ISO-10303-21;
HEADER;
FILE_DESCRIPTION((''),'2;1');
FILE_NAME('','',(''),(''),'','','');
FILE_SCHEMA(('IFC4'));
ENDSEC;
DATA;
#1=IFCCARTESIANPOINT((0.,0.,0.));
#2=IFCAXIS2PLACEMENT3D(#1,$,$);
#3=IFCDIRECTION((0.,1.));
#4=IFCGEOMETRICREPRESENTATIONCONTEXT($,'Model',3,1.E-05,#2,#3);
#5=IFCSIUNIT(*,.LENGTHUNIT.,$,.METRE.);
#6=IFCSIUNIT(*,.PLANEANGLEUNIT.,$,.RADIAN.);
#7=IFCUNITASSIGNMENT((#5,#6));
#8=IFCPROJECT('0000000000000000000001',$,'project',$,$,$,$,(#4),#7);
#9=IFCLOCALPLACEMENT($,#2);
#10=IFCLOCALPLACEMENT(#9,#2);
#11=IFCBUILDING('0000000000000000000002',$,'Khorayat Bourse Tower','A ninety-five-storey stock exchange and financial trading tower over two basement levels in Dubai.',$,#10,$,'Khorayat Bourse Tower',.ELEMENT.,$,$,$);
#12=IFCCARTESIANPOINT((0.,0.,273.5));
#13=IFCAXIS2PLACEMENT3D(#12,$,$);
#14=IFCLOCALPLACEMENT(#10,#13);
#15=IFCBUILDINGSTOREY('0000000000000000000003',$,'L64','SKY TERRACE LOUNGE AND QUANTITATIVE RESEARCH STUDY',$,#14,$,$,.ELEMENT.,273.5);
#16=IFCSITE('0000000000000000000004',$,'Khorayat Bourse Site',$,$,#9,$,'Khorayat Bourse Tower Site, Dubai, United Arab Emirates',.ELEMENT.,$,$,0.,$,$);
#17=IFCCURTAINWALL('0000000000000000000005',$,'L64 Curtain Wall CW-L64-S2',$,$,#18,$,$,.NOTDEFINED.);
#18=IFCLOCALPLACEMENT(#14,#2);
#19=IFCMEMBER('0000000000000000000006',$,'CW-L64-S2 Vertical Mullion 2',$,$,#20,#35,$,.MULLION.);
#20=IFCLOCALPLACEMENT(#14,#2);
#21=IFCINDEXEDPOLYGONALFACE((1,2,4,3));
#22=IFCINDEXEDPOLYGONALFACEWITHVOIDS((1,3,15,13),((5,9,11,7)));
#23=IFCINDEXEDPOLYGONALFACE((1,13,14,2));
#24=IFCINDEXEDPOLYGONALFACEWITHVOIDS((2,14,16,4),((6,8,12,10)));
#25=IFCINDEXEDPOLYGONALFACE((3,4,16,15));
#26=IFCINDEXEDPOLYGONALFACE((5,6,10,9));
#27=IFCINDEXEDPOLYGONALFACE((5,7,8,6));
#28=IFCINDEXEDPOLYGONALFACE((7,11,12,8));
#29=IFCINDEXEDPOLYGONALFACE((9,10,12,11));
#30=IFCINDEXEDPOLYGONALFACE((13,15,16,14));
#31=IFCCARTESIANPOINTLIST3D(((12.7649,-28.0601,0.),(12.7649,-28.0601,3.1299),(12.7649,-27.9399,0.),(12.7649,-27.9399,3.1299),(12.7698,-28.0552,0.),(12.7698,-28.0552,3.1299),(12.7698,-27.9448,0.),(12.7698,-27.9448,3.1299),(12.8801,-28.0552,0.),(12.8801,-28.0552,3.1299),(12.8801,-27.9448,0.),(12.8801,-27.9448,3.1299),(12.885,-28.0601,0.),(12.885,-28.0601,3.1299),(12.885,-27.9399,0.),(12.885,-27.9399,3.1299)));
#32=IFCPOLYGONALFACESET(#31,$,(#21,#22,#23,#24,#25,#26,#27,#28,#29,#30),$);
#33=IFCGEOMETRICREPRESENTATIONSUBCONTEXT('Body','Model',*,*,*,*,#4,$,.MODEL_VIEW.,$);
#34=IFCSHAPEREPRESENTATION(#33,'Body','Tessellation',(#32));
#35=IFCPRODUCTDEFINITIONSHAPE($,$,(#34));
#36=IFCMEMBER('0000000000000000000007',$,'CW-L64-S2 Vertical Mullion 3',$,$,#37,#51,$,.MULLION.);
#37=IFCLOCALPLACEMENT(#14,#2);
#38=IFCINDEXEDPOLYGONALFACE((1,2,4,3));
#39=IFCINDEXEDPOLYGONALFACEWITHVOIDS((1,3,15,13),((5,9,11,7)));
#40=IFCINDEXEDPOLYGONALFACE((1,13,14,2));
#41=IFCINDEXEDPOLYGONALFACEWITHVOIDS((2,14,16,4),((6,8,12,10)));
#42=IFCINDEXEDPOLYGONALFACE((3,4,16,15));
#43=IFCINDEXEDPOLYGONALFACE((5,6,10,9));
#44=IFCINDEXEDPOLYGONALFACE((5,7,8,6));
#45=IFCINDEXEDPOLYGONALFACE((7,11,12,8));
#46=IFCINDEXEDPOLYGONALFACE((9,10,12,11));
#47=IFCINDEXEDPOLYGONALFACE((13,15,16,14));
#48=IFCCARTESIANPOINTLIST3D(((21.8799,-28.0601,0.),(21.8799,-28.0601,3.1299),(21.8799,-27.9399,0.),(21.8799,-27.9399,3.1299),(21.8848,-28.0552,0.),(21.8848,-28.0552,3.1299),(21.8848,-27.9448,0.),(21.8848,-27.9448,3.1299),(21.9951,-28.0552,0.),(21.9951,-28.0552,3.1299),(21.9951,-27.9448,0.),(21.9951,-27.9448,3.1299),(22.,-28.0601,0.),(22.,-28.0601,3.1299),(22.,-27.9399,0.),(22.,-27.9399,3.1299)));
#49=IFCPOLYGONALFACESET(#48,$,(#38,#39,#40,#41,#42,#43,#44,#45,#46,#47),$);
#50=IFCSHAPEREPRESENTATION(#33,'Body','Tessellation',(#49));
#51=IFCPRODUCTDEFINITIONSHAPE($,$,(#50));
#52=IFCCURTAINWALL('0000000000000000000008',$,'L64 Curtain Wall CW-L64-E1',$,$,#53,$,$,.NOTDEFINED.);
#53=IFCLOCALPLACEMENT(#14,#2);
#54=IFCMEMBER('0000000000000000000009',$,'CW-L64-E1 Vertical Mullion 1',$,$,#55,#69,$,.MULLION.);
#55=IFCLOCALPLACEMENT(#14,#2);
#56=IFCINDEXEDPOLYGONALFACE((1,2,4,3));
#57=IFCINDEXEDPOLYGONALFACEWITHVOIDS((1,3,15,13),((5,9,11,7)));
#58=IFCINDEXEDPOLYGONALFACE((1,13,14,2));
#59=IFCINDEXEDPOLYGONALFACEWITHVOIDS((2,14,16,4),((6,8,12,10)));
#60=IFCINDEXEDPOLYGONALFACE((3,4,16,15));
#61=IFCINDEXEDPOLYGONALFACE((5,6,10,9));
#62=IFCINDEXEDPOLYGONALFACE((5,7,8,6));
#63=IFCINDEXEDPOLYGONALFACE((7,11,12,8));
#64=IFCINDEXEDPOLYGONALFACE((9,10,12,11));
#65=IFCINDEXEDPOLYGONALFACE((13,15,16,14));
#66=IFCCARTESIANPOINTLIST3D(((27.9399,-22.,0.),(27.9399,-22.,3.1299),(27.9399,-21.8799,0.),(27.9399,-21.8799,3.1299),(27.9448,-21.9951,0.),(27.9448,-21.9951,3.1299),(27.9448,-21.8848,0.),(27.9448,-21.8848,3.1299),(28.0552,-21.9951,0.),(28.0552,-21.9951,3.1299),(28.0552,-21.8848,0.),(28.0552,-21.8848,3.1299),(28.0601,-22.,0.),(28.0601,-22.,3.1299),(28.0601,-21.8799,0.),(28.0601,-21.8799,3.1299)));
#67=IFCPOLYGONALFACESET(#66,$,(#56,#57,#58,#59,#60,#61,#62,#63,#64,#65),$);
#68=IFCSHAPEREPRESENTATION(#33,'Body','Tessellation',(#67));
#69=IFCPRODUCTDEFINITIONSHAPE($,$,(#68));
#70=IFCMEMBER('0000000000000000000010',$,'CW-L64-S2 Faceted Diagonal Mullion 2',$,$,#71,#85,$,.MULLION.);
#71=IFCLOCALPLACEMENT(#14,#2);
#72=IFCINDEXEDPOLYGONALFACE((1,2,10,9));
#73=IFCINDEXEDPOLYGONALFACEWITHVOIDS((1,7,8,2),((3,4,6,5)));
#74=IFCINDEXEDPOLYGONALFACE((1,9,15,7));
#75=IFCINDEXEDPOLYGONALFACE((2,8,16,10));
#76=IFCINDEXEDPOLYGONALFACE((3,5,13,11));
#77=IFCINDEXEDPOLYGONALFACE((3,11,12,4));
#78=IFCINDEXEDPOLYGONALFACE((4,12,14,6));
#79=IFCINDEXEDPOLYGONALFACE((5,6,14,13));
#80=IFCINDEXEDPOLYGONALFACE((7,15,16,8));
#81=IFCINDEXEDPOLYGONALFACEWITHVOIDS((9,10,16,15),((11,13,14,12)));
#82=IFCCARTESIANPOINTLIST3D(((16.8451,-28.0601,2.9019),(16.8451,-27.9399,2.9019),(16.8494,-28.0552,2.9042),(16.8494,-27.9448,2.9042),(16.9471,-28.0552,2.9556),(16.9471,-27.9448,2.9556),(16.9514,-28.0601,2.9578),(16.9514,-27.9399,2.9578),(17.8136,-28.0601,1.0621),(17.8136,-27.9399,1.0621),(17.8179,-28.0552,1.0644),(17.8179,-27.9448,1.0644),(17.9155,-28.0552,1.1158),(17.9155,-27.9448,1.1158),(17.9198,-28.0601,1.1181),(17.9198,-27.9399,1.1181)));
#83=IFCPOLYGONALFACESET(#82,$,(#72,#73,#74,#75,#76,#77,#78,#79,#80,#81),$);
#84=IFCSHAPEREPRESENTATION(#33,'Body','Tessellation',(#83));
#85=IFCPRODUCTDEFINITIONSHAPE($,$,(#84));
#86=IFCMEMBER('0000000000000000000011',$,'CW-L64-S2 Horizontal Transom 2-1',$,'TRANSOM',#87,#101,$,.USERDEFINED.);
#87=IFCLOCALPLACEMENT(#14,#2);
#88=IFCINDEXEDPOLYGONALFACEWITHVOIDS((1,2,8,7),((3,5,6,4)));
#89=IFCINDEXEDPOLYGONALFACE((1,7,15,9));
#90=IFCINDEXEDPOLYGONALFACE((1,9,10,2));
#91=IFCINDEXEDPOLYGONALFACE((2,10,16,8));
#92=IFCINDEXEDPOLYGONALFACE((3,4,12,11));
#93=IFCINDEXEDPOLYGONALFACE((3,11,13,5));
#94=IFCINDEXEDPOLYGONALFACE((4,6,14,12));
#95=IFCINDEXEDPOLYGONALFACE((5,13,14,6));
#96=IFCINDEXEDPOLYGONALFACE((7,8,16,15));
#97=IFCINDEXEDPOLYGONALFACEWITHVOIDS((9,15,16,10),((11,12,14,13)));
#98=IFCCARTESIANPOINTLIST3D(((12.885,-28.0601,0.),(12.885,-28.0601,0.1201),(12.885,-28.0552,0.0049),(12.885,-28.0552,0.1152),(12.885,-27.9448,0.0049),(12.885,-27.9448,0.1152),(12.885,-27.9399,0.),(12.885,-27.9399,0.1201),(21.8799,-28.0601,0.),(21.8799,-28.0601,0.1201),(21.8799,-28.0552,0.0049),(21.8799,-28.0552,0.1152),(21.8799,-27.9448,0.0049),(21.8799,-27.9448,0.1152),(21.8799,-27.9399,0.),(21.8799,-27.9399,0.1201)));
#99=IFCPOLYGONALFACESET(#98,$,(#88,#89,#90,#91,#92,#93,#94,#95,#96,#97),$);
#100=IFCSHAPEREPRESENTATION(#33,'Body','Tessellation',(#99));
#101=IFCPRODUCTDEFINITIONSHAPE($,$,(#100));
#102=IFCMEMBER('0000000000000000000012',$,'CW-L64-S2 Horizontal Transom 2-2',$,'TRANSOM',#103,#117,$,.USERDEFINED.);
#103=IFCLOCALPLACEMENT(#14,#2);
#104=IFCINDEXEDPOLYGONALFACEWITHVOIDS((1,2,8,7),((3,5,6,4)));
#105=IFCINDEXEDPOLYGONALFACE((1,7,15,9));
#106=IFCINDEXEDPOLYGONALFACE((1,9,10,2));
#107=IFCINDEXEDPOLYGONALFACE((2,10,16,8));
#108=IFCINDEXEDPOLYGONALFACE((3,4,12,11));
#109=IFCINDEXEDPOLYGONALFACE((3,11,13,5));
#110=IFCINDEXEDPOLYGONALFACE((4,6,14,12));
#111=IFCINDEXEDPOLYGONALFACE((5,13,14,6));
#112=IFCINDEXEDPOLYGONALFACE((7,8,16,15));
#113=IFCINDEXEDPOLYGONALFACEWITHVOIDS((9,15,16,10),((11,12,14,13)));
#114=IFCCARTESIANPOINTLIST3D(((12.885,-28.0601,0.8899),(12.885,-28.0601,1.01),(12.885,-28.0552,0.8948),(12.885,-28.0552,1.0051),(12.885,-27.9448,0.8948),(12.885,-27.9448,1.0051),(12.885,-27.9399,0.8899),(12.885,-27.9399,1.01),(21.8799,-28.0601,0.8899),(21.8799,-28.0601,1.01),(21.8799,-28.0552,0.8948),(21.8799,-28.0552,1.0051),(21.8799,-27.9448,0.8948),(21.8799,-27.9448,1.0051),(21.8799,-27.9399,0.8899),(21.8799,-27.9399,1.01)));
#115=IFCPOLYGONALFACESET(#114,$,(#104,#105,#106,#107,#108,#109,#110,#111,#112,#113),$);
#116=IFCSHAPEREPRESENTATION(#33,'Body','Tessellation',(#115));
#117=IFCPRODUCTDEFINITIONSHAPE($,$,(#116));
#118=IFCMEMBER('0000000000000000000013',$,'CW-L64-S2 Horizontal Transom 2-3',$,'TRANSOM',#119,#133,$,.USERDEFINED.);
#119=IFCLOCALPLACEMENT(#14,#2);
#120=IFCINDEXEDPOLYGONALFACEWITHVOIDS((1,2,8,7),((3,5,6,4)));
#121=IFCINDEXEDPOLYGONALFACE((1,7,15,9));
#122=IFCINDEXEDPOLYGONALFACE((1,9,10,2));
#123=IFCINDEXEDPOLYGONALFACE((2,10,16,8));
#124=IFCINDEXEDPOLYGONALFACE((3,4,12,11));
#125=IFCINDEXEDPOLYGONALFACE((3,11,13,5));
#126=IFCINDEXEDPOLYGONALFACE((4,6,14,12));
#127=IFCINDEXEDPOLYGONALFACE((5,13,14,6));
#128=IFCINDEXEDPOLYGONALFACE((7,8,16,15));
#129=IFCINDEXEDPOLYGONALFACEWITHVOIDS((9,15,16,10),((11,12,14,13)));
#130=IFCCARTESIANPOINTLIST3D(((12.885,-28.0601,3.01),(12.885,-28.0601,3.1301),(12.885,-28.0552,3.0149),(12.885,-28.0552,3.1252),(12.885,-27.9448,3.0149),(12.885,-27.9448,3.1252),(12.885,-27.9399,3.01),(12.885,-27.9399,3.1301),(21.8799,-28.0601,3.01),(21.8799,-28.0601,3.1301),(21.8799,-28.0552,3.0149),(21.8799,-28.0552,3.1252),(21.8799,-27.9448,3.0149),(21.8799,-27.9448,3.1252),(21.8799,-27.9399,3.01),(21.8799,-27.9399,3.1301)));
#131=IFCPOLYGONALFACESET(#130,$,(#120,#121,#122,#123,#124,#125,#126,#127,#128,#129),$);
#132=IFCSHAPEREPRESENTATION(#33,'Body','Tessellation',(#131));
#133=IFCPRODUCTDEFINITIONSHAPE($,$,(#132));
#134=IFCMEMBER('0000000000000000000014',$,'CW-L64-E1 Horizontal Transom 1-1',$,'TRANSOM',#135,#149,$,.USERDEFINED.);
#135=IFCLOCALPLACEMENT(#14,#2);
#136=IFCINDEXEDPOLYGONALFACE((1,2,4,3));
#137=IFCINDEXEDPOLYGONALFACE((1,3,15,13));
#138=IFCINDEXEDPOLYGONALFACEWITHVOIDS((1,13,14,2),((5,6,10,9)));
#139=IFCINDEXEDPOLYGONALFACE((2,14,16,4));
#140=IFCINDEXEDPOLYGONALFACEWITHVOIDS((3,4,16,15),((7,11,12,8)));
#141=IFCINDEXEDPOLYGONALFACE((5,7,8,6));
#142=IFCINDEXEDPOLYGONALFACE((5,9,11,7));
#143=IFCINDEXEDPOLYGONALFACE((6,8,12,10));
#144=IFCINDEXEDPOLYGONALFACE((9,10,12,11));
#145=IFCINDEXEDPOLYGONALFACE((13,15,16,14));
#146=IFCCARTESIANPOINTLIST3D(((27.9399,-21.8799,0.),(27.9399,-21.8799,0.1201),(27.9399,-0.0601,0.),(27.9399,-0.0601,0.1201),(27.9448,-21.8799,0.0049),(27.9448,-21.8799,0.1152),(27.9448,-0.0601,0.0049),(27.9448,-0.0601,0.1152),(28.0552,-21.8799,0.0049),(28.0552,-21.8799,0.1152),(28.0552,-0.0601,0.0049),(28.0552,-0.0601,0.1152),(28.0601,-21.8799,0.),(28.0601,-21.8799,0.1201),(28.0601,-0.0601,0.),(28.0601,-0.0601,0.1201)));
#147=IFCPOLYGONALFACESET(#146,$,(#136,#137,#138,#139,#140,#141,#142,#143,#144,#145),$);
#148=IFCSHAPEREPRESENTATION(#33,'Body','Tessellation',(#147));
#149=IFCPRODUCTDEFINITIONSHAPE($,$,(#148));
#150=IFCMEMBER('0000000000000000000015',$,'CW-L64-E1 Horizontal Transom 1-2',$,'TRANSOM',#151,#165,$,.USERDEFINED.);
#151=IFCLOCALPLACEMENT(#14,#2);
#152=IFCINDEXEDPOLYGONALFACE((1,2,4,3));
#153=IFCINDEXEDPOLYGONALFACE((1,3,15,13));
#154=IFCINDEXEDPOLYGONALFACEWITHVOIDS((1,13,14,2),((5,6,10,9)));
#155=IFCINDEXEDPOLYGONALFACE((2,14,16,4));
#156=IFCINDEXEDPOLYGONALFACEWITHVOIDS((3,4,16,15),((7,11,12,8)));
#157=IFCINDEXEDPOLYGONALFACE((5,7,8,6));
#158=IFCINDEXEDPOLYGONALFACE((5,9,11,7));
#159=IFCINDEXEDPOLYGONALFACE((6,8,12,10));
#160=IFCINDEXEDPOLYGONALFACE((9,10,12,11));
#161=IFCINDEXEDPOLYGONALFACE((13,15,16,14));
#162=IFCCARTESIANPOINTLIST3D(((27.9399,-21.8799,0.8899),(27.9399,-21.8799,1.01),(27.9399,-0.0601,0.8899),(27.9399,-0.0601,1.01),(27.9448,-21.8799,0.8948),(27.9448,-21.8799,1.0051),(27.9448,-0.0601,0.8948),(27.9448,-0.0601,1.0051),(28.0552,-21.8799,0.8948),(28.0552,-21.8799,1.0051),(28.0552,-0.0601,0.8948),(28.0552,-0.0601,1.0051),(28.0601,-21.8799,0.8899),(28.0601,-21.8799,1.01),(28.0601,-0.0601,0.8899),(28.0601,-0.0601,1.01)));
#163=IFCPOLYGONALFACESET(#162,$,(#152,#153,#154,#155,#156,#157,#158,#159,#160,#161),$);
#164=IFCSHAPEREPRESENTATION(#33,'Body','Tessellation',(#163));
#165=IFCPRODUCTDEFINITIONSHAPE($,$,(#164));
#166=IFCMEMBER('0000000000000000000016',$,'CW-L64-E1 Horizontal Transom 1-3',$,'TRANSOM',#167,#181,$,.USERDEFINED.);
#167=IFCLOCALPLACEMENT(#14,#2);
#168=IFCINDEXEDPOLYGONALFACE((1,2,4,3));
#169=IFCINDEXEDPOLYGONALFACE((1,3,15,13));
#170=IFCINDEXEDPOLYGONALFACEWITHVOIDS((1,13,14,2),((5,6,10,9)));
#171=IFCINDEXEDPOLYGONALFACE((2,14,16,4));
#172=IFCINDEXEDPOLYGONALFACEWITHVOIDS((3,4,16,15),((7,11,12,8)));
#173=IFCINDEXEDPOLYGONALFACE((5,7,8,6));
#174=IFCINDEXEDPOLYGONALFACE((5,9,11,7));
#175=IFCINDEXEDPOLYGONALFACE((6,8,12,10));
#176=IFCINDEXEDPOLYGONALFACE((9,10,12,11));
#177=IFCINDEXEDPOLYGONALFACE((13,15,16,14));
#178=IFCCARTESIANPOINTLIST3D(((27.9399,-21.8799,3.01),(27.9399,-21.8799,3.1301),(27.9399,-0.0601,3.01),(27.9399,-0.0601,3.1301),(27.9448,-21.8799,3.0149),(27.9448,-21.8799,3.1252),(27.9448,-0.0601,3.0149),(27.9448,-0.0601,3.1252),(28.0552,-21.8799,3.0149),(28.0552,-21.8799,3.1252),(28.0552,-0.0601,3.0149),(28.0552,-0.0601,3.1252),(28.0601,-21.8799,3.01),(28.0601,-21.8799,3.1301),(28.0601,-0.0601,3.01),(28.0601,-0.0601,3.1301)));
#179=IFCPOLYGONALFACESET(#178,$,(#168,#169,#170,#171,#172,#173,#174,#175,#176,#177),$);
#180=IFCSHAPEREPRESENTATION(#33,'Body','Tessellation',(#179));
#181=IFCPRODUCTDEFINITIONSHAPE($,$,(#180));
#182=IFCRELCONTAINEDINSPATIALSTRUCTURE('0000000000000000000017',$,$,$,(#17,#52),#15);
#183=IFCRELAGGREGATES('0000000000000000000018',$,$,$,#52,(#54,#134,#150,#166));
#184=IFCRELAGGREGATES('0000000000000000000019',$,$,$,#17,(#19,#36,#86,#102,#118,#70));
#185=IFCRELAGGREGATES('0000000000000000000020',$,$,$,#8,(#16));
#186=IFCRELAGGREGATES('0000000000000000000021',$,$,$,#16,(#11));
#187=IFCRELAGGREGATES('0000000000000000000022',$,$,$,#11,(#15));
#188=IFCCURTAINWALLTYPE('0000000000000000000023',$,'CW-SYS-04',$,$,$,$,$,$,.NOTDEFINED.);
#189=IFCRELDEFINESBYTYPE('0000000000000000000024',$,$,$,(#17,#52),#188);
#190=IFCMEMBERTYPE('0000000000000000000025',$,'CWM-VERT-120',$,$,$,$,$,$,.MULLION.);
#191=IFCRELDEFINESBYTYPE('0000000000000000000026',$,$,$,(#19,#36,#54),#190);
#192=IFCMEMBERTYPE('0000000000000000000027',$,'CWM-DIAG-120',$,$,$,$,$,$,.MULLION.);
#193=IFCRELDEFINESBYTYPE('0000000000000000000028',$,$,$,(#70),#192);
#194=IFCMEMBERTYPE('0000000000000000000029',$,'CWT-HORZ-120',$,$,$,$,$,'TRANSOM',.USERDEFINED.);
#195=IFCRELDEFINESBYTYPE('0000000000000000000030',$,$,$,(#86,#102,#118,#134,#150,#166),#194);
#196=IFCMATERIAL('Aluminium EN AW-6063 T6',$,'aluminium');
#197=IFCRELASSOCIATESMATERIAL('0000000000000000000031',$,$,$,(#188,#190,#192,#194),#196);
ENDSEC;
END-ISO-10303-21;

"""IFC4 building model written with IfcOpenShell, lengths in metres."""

from ifc_helpers import new_model, si_unit, direction, frame, origin, origin_2d, place, context, subcontext, project, spatial, hollow_rectangle, extrude, source, transform, mapped, material, material_profile, profile_set, type_object, element, aggregate, save


model = new_model("IFC4")

# Units and contexts
model_context = context("Model", 3, precision=1e-05, world=origin(), true_north=direction((0.0, 1.0)))
body_context = subcontext(model_context, "Body", "Model", "MODEL_VIEW")
ifc_project = project(units=[si_unit("LENGTHUNIT", "METRE"), si_unit("PLANEANGLEUNIT", "RADIAN")], contexts=[model_context])

# Site, building, storey
site_placement = place(None, origin())
site = spatial("IfcSite", under=ifc_project, at=site_placement, Name="Khorayat Bourse Site", LongName="Khorayat Bourse Tower Site, Dubai, United Arab Emirates", CompositionType="ELEMENT", RefElevation=0.0)
building_placement = place(site_placement, origin())
building = spatial("IfcBuilding", under=site, at=building_placement, Name="Khorayat Bourse Tower", Description="A ninety-five-storey stock exchange and financial trading tower over two basement levels in Dubai.", LongName="Khorayat Bourse Tower", CompositionType="ELEMENT")
storey_placement = place(building_placement, frame((0.0, 0.0, 273.5)))
storey = spatial("IfcBuildingStorey", under=building, at=storey_placement, Name="L64", Description="SKY TERRACE LOUNGE AND QUANTITATIVE RESEARCH STUDY", CompositionType="ELEMENT", Elevation=273.5)

# Curtain wall, members
ifc_material_1 = material(Name="Aluminium EN AW-6063 T6", Category="aluminium")
curtain_wall_type = type_object("IfcCurtainWallType", Name="CW-SYS-04", PredefinedType="NOTDEFINED", material=ifc_material_1)
curtain_wall_1_placement = place(storey_placement, origin())
curtain_wall_1 = element("IfcCurtainWall", 1, at=curtain_wall_1_placement, inside=storey, type_object=curtain_wall_type, Name="L64 Curtain Wall CW-L64-S2", PredefinedType="NOTDEFINED")
ifc_material_profile_1 = material_profile(ifc_material_1, hollow_rectangle(XDim=0.1201, YDim=0.1201, WallThickness=0.0049, at=origin_2d()), Name="ALU 120x120x5")
ifc_profile_set_1 = profile_set([ifc_material_profile_1], Name="Aluminium EN AW-6063 T6")
member_type_1 = type_object("IfcMemberType", Name="CWM-VERT-120", PredefinedType="MULLION", material=ifc_profile_set_1)
shared_shape_1 = source(origin(), body_context, "Body", "SweptSolid", [
    extrude(hollow_rectangle(XDim=0.1201, YDim=0.1201, WallThickness=0.0049, at=origin_2d()), origin(), (0.0, 0.0, 1.0), 3.1299),
])
member_1_placement = place(storey_placement, frame((12.825, -28.0, 0.0), z_axis=(0.0, 0.0, 1.0), x_axis=(0.0, 1.0, 0.0)))
member_1 = element("IfcMember", 2, at=member_1_placement, type_object=member_type_1, Name="CW-L64-S2 Vertical Mullion 2", PredefinedType="MULLION", context=body_context, shape_type="MappedRepresentation", body=[
    mapped(shared_shape_1, transform((0.0, 0.0, 0.0), scale=1.0)),
])
member_2_placement = place(storey_placement, frame((21.9399, -28.0, 0.0), z_axis=(0.0, 0.0, 1.0), x_axis=(0.0, 1.0, 0.0)))
member_2 = element("IfcMember", 3, at=member_2_placement, type_object=member_type_1, Name="CW-L64-S2 Vertical Mullion 3", PredefinedType="MULLION", context=body_context, shape_type="MappedRepresentation", body=[
    mapped(shared_shape_1, transform((0.0, 0.0, 0.0), scale=1.0)),
])

# Curtain wall, member
curtain_wall_2_placement = place(storey_placement, origin())
curtain_wall_2 = element("IfcCurtainWall", 4, at=curtain_wall_2_placement, inside=storey, type_object=curtain_wall_type, Name="L64 Curtain Wall CW-L64-E1", PredefinedType="NOTDEFINED")
member_3_placement = place(storey_placement, frame((28.0, -21.9399, 0.0), z_axis=(0.0, 0.0, 1.0), x_axis=(-1.0, 0.0, 0.0)))
member_3 = element("IfcMember", 5, at=member_3_placement, type_object=member_type_1, Name="CW-L64-E1 Vertical Mullion 1", PredefinedType="MULLION", context=body_context, shape_type="MappedRepresentation", body=[
    mapped(shared_shape_1, transform((0.0, 0.0, 0.0), scale=1.0)),
])

# Members
ifc_material_profile_2 = material_profile(ifc_material_1, hollow_rectangle(XDim=0.1201, YDim=0.1201, WallThickness=0.0049, at=origin_2d()), Name="ALU 120x120x5")
ifc_profile_set_2 = profile_set([ifc_material_profile_2], Name="Aluminium EN AW-6063 T6")
member_type_2 = type_object("IfcMemberType", Name="CWM-DIAG-120", PredefinedType="MULLION", material=ifc_profile_set_2)
shared_shape_2 = source(origin(), body_context, "Body", "SweptSolid", [
    extrude(hollow_rectangle(XDim=0.1201, YDim=0.1201, WallThickness=0.0049, at=origin_2d()), origin(), (0.0, 0.0, 1.0), 2.0791),
])
member_4_placement = place(storey_placement, frame((17.8667, -28.0, 1.0901), z_axis=(-0.465809, 0.0, 0.884885), x_axis=(0.0, -1.0, 0.0)))
member_4 = element("IfcMember", 6, at=member_4_placement, type_object=member_type_2, Name="CW-L64-S2 Faceted Diagonal Mullion 2", PredefinedType="MULLION", context=body_context, shape_type="MappedRepresentation", body=[
    mapped(shared_shape_2, transform((0.0, 0.0, 0.0), scale=1.0)),
])
ifc_material_profile_3 = material_profile(ifc_material_1, hollow_rectangle(XDim=0.1201, YDim=0.1201, WallThickness=0.0049, at=origin_2d()), Name="ALU 120x120x5")
ifc_profile_set_3 = profile_set([ifc_material_profile_3], Name="Aluminium EN AW-6063 T6")
member_type_3 = type_object("IfcMemberType", Name="CWT-HORZ-120", ElementType="TRANSOM", PredefinedType="USERDEFINED", material=ifc_profile_set_3)
shared_shape_3 = source(origin(), body_context, "Body", "SweptSolid", [
    extrude(hollow_rectangle(XDim=0.1201, YDim=0.1201, WallThickness=0.0049, at=origin_2d()), origin(), (0.0, 0.0, 1.0), 8.9949),
])
member_5_placement = place(storey_placement, frame((12.885, -28.0, 0.0601), z_axis=(1.0, 0.0, 0.0), x_axis=(0.0, 1.0, 0.0)))
member_5 = element("IfcMember", 7, at=member_5_placement, type_object=member_type_3, Name="CW-L64-S2 Horizontal Transom 2-1", ObjectType="TRANSOM", PredefinedType="USERDEFINED", context=body_context, shape_type="MappedRepresentation", body=[
    mapped(shared_shape_3, transform((0.0, 0.0, 0.0), scale=1.0)),
])
member_6_placement = place(storey_placement, frame((12.885, -28.0, 0.95), z_axis=(1.0, 0.0, 0.0), x_axis=(0.0, 1.0, 0.0)))
member_6 = element("IfcMember", 8, at=member_6_placement, type_object=member_type_3, Name="CW-L64-S2 Horizontal Transom 2-2", ObjectType="TRANSOM", PredefinedType="USERDEFINED", context=body_context, shape_type="MappedRepresentation", body=[
    mapped(shared_shape_3, transform((0.0, 0.0, 0.0), scale=1.0)),
])
member_7_placement = place(storey_placement, frame((12.885, -28.0, 3.0701), z_axis=(1.0, 0.0, 0.0), x_axis=(0.0, 1.0, 0.0)))
member_7 = element("IfcMember", 9, at=member_7_placement, type_object=member_type_3, Name="CW-L64-S2 Horizontal Transom 2-3", ObjectType="TRANSOM", PredefinedType="USERDEFINED", context=body_context, shape_type="MappedRepresentation", body=[
    mapped(shared_shape_3, transform((0.0, 0.0, 0.0), scale=1.0)),
])
shared_shape_4 = source(origin(), body_context, "Body", "SweptSolid", [
    extrude(hollow_rectangle(XDim=0.1201, YDim=0.1201, WallThickness=0.0049, at=origin_2d()), origin(), (0.0, 0.0, 1.0), 21.8198),
])
member_8_placement = place(storey_placement, frame((28.0, -21.8799, 0.0601), z_axis=(0.0, 1.0, 0.0), x_axis=(-1.0, 0.0, 0.0)))
member_8 = element("IfcMember", 10, at=member_8_placement, type_object=member_type_3, Name="CW-L64-E1 Horizontal Transom 1-1", ObjectType="TRANSOM", PredefinedType="USERDEFINED", context=body_context, shape_type="MappedRepresentation", body=[
    mapped(shared_shape_4, transform((0.0, 0.0, 0.0), scale=1.0)),
])
member_9_placement = place(storey_placement, frame((28.0, -21.8799, 0.95), z_axis=(0.0, 1.0, 0.0), x_axis=(-1.0, 0.0, 0.0)))
member_9 = element("IfcMember", 11, at=member_9_placement, type_object=member_type_3, Name="CW-L64-E1 Horizontal Transom 1-2", ObjectType="TRANSOM", PredefinedType="USERDEFINED", context=body_context, shape_type="MappedRepresentation", body=[
    mapped(shared_shape_4, transform((0.0, 0.0, 0.0), scale=1.0)),
])
member_10_placement = place(storey_placement, frame((28.0, -21.8799, 3.0701), z_axis=(0.0, 1.0, 0.0), x_axis=(-1.0, 0.0, 0.0)))
member_10 = element("IfcMember", 12, at=member_10_placement, type_object=member_type_3, Name="CW-L64-E1 Horizontal Transom 1-3", ObjectType="TRANSOM", PredefinedType="USERDEFINED", context=body_context, shape_type="MappedRepresentation", body=[
    mapped(shared_shape_4, transform((0.0, 0.0, 0.0), scale=1.0)),
])
aggregate(curtain_wall_2, [member_3, member_8, member_9, member_10])

aggregate(curtain_wall_1, [member_1, member_2, member_5, member_6, member_7, member_4])

save(model, "model.ifc")
